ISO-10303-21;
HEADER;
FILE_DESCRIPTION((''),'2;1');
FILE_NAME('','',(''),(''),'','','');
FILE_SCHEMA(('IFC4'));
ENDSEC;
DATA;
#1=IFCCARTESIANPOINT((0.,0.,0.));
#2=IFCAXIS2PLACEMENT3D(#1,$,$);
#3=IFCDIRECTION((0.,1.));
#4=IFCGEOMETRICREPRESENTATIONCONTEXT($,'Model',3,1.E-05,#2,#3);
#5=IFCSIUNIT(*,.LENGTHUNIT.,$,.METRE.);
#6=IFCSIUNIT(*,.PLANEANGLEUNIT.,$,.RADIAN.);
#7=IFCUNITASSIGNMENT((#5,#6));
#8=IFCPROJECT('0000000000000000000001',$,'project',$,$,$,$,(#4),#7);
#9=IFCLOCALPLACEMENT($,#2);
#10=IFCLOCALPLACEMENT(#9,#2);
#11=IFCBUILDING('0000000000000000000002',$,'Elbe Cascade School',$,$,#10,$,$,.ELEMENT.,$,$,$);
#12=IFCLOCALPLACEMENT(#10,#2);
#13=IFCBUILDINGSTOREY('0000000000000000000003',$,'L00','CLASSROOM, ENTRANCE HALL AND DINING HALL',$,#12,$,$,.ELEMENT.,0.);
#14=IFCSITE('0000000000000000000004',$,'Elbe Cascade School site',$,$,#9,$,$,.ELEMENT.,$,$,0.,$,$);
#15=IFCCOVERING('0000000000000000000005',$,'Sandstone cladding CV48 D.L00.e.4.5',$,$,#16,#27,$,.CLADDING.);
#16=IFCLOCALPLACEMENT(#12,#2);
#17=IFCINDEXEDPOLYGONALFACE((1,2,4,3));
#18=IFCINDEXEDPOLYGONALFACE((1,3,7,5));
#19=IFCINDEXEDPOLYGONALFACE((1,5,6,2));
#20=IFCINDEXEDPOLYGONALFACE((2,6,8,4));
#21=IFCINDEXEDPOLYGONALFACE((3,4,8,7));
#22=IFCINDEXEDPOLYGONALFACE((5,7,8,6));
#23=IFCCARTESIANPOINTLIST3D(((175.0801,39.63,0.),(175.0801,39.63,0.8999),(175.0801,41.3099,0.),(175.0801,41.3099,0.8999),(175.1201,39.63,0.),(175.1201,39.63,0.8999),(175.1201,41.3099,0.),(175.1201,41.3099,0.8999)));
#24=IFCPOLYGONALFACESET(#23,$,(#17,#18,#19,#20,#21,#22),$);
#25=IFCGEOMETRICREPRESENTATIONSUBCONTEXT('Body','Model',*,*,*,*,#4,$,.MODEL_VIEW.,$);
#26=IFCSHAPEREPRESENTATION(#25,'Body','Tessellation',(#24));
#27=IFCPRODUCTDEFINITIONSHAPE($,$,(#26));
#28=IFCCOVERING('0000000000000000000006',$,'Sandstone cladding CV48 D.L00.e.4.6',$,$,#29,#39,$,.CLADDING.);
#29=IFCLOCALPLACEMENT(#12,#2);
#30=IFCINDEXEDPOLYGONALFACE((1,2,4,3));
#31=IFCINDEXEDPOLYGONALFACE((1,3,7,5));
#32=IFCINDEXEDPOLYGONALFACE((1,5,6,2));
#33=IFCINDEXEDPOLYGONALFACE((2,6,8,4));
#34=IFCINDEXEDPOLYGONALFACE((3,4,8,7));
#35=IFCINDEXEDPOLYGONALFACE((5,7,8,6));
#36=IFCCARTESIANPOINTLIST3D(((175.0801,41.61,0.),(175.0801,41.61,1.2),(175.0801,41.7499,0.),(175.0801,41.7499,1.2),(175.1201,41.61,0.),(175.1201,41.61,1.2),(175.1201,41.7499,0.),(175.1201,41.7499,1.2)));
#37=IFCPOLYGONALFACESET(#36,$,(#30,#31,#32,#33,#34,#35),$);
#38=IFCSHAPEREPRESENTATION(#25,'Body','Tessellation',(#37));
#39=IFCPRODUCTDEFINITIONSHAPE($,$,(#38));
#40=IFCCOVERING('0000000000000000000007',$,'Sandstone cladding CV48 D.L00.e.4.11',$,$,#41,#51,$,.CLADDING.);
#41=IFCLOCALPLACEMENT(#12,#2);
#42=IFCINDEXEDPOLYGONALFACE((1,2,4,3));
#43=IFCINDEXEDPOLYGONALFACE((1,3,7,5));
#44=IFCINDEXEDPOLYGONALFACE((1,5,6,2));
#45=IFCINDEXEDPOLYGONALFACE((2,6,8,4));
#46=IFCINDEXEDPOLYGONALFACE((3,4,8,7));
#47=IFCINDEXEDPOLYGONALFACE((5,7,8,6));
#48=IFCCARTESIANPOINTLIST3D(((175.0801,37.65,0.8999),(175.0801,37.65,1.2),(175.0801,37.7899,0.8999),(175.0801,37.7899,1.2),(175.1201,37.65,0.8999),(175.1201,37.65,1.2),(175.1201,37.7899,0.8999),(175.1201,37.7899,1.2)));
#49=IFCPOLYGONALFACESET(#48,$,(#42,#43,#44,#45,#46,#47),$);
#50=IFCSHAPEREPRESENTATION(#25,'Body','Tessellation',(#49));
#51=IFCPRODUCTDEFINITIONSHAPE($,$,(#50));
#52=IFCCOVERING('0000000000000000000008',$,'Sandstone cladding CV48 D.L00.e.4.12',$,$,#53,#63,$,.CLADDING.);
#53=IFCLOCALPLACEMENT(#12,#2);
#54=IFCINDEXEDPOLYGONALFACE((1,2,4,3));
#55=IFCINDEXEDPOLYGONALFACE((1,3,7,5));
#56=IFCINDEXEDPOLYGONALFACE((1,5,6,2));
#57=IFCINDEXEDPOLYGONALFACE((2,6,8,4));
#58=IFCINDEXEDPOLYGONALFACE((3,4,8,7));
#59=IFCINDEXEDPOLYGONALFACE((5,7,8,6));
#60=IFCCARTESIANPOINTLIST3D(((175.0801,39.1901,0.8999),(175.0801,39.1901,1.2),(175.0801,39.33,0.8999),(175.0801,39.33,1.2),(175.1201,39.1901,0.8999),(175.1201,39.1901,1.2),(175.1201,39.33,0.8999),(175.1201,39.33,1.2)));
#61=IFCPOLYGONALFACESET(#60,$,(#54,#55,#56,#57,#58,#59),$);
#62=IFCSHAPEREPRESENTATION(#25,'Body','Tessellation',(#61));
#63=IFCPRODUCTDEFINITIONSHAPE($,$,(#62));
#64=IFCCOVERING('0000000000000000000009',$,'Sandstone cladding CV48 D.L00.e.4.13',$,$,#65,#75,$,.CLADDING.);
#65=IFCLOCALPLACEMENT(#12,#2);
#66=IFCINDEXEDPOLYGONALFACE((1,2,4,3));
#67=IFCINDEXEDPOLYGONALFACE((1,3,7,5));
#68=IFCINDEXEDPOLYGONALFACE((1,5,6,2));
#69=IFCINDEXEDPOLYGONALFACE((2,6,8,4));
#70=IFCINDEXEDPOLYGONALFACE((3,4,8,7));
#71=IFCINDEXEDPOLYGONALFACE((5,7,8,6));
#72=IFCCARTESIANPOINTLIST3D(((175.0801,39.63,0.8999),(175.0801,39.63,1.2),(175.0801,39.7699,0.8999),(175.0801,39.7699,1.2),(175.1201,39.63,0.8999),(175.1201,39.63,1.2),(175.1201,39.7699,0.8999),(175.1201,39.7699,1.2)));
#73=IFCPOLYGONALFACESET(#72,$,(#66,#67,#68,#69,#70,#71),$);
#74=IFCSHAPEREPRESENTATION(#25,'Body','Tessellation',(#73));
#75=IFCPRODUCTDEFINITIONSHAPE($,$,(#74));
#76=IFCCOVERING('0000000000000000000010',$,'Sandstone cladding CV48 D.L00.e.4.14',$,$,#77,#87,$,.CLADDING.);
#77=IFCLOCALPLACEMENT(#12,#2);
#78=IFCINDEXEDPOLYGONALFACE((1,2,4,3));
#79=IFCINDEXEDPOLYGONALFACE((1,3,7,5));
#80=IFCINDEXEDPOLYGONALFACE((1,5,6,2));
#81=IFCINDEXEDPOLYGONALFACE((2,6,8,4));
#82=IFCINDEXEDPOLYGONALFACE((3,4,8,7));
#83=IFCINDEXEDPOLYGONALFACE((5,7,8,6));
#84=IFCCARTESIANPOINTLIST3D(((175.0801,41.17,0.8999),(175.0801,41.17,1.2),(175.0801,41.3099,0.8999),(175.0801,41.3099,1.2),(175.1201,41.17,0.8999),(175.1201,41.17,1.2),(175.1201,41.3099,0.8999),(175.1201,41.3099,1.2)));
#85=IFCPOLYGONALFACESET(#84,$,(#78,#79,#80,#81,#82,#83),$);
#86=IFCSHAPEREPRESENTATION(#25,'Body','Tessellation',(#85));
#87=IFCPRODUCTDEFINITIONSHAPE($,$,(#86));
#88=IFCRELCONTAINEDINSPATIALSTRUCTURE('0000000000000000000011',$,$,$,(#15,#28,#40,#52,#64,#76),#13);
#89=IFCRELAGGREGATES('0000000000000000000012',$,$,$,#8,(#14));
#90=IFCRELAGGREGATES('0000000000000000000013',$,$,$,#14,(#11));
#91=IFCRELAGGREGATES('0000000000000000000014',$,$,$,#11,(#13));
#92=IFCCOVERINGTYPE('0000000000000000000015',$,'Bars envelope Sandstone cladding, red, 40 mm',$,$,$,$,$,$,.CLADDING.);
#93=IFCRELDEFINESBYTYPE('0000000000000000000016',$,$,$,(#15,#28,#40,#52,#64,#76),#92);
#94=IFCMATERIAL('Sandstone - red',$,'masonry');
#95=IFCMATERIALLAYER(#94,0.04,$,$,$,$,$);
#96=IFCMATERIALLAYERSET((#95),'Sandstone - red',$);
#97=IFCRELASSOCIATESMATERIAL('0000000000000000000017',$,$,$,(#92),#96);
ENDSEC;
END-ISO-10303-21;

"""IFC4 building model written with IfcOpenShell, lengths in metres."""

from ifc_helpers import new_model, si_unit, direction, frame, origin, origin_2d, place, context, subcontext, project, spatial, rectangle, extrude, material, layer, layer_set, type_object, element, save


model = new_model("IFC4")

# Units and contexts
model_context = context("Model", 3, precision=1e-05, world=origin(), true_north=direction((0.0, 1.0)))
body_context = subcontext(model_context, "Body", "Model", "MODEL_VIEW")
ifc_project = project(units=[si_unit("LENGTHUNIT", "METRE"), si_unit("PLANEANGLEUNIT", "RADIAN")], contexts=[model_context])

# Site, building, storey
site_placement = place(None, origin())
site = spatial("IfcSite", under=ifc_project, at=site_placement, Name="Elbe Cascade School site", CompositionType="ELEMENT", RefElevation=0.0)
building_placement = place(site_placement, origin())
building = spatial("IfcBuilding", under=site, at=building_placement, Name="Elbe Cascade School", CompositionType="ELEMENT")
storey_placement = place(building_placement, origin())
storey = spatial("IfcBuildingStorey", under=building, at=storey_placement, Name="L00", Description="CLASSROOM, ENTRANCE HALL AND DINING HALL", CompositionType="ELEMENT", Elevation=0.0)

# Coverings
ifc_material_1 = material(Name="Sandstone - red", Category="masonry")
ifc_layer_1 = layer(ifc_material_1, 0.04)
ifc_layer_set_1 = layer_set([ifc_layer_1], Name="Sandstone - red")
covering_type = type_object("IfcCoveringType", Name="Bars envelope Sandstone cladding, red, 40 mm", PredefinedType="CLADDING", material=ifc_layer_set_1)
for number, where, z_axis, x_axis, name in (
    (1, (175.1001, 40.47, 0.0), (0.0, 0.0, 1.0), (0.0, 1.0, 0.0), "Sandstone cladding CV48 D.L00.e.4.5"),
):
    element("IfcCovering", number, at=place(storey_placement, frame(where, z_axis=z_axis, x_axis=x_axis)), inside=storey, type_object=covering_type, Name=name, PredefinedType="CLADDING", context=body_context, shape_type="SweptSolid", body=[
        extrude(rectangle(XDim=1.6799, YDim=0.04, at=origin_2d()), origin(), (0.0, 0.0, 1.0), 0.8999),
    ])
covering_placement = place(storey_placement, frame((175.1001, 41.6799, 0.0), z_axis=(0.0, 0.0, 1.0), x_axis=(0.0, 1.0, 0.0)))
element("IfcCovering", 2, at=covering_placement, inside=storey, type_object=covering_type, Name="Sandstone cladding CV48 D.L00.e.4.6", PredefinedType="CLADDING", context=body_context, shape_type="SweptSolid", body=[
    extrude(rectangle(XDim=0.1399, YDim=0.04, at=origin_2d()), origin(), (0.0, 0.0, 1.0), 1.2),
])
for number, where, z_axis, x_axis, name in (
    (3, (175.1001, 37.72, 0.8999), (0.0, 0.0, 1.0), (0.0, 1.0, 0.0), "Sandstone cladding CV48 D.L00.e.4.11"),
    (4, (175.1001, 39.26, 0.8999), (0.0, 0.0, 1.0), (0.0, 1.0, 0.0), "Sandstone cladding CV48 D.L00.e.4.12"),
    (5, (175.1001, 39.7, 0.8999), (0.0, 0.0, 1.0), (0.0, 1.0, 0.0), "Sandstone cladding CV48 D.L00.e.4.13"),
    (6, (175.1001, 41.24, 0.8999), (0.0, 0.0, 1.0), (0.0, 1.0, 0.0), "Sandstone cladding CV48 D.L00.e.4.14"),
):
    element("IfcCovering", number, at=place(storey_placement, frame(where, z_axis=z_axis, x_axis=x_axis)), inside=storey, type_object=covering_type, Name=name, PredefinedType="CLADDING", context=body_context, shape_type="SweptSolid", body=[
        extrude(rectangle(XDim=0.1399, YDim=0.04, at=origin_2d()), origin(), (0.0, 0.0, 1.0), 0.3),
    ])

save(model, "model.ifc")
